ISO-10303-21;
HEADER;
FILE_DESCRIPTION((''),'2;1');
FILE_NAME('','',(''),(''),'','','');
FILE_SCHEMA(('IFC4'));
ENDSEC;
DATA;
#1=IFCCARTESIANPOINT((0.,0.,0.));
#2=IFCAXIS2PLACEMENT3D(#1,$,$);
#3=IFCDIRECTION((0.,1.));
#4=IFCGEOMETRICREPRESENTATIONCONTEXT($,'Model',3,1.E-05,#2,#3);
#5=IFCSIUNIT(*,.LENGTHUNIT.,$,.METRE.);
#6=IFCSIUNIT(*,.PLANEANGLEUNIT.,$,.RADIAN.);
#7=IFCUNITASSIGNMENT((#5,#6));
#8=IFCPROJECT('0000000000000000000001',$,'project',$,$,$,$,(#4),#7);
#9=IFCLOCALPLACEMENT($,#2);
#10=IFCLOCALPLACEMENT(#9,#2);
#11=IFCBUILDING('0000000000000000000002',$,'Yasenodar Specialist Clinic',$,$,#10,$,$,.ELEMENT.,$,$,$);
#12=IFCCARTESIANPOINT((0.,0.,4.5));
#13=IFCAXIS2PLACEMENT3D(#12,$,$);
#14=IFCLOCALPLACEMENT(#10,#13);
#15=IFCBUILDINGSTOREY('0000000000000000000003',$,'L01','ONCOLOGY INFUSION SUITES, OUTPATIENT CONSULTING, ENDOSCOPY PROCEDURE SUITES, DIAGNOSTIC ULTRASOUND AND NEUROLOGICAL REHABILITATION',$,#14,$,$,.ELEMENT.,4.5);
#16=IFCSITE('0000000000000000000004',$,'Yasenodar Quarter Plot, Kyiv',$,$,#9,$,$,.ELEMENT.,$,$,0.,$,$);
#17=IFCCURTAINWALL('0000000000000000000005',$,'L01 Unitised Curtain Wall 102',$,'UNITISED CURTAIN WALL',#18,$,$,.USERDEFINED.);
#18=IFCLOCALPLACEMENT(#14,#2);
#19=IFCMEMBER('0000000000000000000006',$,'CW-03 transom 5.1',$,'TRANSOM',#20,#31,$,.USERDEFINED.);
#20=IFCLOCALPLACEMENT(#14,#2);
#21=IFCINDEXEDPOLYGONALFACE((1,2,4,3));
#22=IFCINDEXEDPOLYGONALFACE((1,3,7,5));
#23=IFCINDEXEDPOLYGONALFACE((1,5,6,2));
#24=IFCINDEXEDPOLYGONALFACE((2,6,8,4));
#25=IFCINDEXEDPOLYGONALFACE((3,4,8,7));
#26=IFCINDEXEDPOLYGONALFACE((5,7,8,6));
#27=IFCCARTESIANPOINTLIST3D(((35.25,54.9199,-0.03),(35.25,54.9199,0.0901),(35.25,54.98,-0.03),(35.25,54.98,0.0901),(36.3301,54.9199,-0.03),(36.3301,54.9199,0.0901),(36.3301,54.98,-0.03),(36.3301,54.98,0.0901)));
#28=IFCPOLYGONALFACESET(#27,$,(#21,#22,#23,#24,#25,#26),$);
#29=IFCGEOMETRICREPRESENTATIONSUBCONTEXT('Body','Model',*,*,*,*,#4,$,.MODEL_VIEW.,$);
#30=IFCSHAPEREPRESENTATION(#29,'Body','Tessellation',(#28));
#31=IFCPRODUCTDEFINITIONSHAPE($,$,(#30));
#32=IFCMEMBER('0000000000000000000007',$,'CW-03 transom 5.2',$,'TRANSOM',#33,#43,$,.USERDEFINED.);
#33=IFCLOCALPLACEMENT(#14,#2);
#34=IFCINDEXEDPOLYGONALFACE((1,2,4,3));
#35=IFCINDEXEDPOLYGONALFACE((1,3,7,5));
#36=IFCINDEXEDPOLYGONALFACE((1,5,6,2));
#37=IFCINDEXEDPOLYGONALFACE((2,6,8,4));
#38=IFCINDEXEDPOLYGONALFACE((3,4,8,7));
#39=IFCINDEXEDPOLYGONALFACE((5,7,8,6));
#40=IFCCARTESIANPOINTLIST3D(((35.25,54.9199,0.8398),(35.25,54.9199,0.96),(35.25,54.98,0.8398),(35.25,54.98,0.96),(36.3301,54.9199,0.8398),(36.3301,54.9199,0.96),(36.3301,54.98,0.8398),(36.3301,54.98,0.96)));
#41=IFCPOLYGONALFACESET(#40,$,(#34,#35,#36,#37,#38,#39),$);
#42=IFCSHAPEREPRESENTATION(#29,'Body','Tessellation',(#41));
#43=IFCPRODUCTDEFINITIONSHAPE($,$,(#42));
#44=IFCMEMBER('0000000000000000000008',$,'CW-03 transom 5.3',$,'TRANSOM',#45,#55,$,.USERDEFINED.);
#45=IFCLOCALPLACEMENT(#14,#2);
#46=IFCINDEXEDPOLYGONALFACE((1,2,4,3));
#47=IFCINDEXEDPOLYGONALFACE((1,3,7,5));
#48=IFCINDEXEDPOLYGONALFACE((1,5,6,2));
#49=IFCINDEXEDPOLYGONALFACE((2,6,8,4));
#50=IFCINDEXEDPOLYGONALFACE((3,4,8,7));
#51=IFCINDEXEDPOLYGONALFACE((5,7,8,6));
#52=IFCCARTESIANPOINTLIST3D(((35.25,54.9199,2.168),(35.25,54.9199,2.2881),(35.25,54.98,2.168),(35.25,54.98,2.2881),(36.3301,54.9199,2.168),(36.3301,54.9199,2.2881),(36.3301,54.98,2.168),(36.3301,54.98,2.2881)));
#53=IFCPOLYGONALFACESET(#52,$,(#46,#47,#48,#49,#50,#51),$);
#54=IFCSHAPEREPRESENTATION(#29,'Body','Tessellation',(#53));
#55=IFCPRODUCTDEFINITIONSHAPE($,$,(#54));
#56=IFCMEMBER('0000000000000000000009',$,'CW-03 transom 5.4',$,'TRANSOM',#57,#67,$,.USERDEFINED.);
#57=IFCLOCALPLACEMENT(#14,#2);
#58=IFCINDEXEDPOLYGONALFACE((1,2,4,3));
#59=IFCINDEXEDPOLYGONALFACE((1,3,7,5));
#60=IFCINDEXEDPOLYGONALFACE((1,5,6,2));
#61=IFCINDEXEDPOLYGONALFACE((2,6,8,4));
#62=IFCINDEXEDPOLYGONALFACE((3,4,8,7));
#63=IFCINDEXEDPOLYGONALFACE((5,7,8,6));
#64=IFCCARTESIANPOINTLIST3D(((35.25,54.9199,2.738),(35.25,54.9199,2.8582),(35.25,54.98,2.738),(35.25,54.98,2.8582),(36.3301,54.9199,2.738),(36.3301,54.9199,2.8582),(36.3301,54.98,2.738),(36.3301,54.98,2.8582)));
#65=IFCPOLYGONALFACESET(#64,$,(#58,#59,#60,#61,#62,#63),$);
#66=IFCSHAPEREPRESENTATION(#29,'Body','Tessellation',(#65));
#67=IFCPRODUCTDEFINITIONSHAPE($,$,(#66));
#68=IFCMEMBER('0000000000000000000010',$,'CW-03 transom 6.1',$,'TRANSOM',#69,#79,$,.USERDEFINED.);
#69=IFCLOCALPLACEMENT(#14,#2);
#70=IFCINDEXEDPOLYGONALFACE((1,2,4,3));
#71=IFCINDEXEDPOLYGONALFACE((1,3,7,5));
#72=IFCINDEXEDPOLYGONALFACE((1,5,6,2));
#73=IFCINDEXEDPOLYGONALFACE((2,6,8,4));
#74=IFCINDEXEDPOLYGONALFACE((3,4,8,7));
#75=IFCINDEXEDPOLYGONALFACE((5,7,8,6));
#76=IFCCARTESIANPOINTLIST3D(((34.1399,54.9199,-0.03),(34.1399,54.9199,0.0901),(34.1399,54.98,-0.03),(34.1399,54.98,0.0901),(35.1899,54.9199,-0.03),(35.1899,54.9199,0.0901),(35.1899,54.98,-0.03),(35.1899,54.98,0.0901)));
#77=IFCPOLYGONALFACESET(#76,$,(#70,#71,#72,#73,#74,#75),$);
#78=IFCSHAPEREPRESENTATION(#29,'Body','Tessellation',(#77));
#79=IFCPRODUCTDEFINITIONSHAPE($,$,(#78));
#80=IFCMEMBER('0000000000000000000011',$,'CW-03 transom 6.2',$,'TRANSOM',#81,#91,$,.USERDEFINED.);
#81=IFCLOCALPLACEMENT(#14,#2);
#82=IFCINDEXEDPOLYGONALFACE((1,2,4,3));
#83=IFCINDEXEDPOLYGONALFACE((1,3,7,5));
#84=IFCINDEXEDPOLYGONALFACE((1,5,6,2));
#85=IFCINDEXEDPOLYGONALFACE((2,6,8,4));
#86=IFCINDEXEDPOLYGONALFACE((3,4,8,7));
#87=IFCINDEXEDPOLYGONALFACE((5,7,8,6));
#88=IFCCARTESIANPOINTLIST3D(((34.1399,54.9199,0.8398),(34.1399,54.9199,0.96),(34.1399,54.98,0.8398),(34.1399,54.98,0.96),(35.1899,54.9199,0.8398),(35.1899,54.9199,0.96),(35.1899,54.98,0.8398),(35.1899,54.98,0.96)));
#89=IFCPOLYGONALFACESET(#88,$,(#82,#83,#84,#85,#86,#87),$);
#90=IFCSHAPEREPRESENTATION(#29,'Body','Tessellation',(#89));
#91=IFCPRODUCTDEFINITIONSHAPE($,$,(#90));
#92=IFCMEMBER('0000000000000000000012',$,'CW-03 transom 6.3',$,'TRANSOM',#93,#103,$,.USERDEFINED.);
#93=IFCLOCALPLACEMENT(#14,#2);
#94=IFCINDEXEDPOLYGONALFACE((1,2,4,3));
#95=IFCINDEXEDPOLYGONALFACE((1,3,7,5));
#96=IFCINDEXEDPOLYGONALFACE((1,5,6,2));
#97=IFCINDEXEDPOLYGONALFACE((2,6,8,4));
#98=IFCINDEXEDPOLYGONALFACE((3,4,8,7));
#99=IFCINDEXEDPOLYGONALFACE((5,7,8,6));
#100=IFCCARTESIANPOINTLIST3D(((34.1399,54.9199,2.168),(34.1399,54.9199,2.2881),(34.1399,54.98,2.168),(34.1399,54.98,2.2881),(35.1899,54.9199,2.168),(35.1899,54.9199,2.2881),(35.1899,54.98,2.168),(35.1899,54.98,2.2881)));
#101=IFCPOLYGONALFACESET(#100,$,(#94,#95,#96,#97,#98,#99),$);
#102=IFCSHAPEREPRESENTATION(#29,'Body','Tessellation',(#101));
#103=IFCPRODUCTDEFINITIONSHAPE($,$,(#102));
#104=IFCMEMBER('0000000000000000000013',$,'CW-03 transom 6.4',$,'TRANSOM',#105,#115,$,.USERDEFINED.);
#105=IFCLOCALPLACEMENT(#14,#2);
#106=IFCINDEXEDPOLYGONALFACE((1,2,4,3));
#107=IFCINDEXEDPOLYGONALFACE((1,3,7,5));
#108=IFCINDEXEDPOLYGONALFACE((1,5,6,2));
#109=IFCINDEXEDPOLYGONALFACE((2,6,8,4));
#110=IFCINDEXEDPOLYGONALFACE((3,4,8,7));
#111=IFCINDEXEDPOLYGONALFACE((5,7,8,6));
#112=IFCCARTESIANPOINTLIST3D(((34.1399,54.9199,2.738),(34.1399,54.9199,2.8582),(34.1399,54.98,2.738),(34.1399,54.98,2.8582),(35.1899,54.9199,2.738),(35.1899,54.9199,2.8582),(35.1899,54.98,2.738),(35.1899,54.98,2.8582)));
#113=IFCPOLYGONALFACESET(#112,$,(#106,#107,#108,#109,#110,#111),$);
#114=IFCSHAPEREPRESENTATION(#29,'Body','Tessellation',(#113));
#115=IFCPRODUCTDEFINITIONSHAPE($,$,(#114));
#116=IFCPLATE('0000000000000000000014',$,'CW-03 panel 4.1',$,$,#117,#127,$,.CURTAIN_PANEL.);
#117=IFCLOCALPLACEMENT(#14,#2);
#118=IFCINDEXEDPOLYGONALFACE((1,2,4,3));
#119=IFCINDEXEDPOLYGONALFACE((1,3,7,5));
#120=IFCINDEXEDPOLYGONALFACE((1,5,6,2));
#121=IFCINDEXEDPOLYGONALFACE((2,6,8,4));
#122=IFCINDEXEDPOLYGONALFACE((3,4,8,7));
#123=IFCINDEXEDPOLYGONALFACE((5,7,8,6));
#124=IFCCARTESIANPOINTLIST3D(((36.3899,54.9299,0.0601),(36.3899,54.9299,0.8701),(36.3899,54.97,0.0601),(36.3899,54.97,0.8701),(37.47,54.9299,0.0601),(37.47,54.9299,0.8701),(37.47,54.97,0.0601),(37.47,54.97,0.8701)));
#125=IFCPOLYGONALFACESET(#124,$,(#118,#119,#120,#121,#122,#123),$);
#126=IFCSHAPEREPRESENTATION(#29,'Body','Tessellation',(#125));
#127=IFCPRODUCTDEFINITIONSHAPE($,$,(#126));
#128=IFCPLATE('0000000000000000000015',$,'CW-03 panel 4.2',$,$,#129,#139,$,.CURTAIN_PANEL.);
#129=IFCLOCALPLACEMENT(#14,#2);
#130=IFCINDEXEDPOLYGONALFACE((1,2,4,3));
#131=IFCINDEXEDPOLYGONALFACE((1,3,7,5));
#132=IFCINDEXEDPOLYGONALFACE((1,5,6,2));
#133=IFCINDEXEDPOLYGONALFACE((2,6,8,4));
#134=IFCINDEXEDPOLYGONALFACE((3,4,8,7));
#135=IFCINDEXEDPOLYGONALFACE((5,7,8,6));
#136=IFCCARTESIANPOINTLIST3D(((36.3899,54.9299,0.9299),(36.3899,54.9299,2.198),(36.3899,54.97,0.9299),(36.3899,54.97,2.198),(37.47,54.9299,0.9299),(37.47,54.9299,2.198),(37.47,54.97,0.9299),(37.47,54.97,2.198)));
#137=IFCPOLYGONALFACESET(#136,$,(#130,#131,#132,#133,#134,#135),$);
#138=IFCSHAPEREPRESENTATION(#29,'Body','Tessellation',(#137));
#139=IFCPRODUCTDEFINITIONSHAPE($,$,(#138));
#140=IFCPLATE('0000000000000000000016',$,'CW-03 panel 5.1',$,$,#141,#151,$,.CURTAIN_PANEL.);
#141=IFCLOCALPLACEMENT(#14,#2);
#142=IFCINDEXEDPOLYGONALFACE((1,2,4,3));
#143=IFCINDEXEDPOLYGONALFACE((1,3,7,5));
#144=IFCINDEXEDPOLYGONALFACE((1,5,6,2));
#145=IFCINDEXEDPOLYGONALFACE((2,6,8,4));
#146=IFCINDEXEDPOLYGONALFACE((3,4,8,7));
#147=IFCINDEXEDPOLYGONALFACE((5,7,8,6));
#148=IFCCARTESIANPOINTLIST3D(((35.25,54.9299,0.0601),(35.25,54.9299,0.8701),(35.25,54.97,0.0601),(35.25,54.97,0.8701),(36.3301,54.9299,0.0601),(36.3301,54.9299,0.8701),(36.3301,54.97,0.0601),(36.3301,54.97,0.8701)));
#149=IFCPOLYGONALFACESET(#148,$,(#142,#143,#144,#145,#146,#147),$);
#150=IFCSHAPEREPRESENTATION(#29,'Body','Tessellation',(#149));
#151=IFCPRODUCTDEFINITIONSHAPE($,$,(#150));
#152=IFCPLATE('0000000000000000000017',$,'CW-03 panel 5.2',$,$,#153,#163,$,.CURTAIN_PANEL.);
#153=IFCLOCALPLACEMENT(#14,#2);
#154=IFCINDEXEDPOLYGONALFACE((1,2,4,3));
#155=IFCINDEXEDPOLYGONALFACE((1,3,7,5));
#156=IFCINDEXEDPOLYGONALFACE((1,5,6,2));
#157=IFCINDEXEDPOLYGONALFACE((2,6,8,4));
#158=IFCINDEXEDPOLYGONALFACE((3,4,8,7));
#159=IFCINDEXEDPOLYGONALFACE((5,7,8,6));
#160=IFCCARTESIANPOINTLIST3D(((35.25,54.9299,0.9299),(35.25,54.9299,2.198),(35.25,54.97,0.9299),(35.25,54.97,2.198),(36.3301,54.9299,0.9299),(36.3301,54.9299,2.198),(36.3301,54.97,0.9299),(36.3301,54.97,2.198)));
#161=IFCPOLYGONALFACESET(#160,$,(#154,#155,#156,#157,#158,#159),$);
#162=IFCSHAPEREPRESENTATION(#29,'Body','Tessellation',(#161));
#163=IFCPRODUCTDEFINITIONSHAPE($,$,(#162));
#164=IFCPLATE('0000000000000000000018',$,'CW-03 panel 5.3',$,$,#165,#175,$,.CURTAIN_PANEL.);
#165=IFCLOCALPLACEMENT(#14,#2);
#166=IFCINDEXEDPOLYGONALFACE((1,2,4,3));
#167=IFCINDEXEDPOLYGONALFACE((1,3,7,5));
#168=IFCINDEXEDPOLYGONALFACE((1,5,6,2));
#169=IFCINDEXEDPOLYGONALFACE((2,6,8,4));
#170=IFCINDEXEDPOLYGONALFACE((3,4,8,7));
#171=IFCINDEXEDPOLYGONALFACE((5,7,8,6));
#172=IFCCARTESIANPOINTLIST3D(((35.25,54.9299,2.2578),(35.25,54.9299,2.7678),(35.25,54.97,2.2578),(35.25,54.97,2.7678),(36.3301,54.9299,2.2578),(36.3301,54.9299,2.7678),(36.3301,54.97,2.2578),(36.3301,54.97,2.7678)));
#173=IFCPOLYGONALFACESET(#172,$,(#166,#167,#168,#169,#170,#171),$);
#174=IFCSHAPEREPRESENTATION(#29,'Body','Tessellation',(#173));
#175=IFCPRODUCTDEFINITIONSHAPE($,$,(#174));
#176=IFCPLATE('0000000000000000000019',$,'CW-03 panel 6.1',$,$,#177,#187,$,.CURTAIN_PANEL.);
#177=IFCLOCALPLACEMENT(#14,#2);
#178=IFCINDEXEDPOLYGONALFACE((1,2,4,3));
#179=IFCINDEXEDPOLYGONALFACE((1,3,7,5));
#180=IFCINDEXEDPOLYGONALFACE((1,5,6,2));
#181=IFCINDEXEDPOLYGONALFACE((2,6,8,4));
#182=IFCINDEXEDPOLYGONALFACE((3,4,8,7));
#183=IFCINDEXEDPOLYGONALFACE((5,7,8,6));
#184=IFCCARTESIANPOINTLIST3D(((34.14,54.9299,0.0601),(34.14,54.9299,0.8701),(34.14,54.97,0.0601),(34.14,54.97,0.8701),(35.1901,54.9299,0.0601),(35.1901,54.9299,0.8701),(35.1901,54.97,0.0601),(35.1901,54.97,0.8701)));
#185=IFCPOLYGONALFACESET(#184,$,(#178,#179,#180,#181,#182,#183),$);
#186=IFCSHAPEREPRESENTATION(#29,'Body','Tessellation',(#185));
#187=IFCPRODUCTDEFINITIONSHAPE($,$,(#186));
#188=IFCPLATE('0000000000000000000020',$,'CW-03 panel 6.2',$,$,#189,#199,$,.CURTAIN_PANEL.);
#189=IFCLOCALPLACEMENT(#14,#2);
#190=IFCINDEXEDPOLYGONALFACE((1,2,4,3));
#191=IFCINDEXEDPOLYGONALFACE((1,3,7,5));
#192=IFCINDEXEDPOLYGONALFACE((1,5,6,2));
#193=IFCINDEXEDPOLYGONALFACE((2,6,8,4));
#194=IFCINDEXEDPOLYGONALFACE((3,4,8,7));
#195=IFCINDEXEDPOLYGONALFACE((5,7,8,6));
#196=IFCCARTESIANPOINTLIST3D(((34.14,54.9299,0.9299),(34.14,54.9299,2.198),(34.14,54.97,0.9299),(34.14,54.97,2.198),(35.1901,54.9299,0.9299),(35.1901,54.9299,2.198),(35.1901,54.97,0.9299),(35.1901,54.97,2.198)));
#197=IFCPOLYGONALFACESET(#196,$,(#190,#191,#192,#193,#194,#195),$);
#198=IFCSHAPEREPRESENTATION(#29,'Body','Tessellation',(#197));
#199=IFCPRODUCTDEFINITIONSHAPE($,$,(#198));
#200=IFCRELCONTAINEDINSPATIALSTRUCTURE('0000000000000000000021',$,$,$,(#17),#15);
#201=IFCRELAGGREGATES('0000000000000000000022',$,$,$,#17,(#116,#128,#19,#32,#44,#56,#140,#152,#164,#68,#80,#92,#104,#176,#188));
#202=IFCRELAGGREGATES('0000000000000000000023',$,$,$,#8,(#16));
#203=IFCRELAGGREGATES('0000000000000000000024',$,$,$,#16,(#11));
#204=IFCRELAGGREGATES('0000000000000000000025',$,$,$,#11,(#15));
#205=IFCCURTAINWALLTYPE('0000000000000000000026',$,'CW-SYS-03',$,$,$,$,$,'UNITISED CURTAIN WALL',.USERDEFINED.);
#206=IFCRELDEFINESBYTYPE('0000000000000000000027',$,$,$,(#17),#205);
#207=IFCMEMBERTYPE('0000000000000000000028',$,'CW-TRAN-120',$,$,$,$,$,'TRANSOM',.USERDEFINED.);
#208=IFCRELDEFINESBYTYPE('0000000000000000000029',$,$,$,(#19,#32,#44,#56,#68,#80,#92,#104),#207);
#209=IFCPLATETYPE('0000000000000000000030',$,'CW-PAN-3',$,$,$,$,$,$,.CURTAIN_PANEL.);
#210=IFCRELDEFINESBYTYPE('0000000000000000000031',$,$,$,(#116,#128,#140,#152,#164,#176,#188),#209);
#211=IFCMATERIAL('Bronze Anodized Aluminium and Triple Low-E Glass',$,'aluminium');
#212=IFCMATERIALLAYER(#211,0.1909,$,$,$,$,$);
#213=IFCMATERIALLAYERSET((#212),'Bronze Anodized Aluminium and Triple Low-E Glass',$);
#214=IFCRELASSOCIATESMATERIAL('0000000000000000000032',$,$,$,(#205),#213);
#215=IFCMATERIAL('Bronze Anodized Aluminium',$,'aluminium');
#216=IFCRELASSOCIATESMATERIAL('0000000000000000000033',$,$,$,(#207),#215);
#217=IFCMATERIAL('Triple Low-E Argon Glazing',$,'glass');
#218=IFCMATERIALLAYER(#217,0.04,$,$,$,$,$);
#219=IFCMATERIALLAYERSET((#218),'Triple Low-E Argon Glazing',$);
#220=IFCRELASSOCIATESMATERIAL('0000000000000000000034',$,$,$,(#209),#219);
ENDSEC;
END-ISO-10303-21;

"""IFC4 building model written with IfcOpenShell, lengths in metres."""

from ifc_helpers import new_model, si_unit, direction, frame, origin, origin_2d, place, context, subcontext, project, spatial, rectangle, extrude, material, layer, layer_set, material_profile, profile_set, type_object, element, aggregate, save


model = new_model("IFC4")

# Units and contexts
model_context = context("Model", 3, precision=1e-05, world=origin(), true_north=direction((0.0, 1.0)))
body_context = subcontext(model_context, "Body", "Model", "MODEL_VIEW")
ifc_project = project(units=[si_unit("LENGTHUNIT", "METRE"), si_unit("PLANEANGLEUNIT", "RADIAN")], contexts=[model_context])

# Site, building, storey
site_placement = place(None, origin())
site = spatial("IfcSite", under=ifc_project, at=site_placement, Name="Yasenodar Quarter Plot, Kyiv", CompositionType="ELEMENT", RefElevation=0.0)
building_placement = place(site_placement, origin())
building = spatial("IfcBuilding", under=site, at=building_placement, Name="Yasenodar Specialist Clinic", CompositionType="ELEMENT")
storey_placement = place(building_placement, frame((0.0, 0.0, 4.5)))
storey = spatial("IfcBuildingStorey", under=building, at=storey_placement, Name="L01", Description="ONCOLOGY INFUSION SUITES, OUTPATIENT CONSULTING, ENDOSCOPY PROCEDURE SUITES, DIAGNOSTIC ULTRASOUND AND NEUROLOGICAL REHABILITATION", CompositionType="ELEMENT", Elevation=4.5)

# Curtain wall, members, plates
ifc_material_1 = material(Name="Bronze Anodized Aluminium and Triple Low-E Glass", Category="aluminium")
ifc_layer_1 = layer(ifc_material_1, 0.1909)
ifc_layer_set_1 = layer_set([ifc_layer_1], Name="Bronze Anodized Aluminium and Triple Low-E Glass")
curtain_wall_type = type_object("IfcCurtainWallType", Name="CW-SYS-03", ElementType="UNITISED CURTAIN WALL", PredefinedType="USERDEFINED", material=ifc_layer_set_1)
curtain_wall_placement = place(storey_placement, origin())
curtain_wall = element("IfcCurtainWall", 1, at=curtain_wall_placement, inside=storey, type_object=curtain_wall_type, Name="L01 Unitised Curtain Wall 102", ObjectType="UNITISED CURTAIN WALL", PredefinedType="USERDEFINED")
ifc_material_2 = material(Name="Bronze Anodized Aluminium", Category="aluminium")
ifc_material_profile_1 = material_profile(ifc_material_2, rectangle(XDim=0.0601, YDim=0.1201, at=origin_2d()), Name="CW-TRAN 60x120")
ifc_profile_set_1 = profile_set([ifc_material_profile_1], Name="Bronze Anodized Aluminium")
member_type_1 = type_object("IfcMemberType", Name="CW-TRAN-120", ElementType="TRANSOM", PredefinedType="USERDEFINED", material=ifc_profile_set_1)
member_1_placement = place(storey_placement, frame((36.3301, 54.95, 0.03), z_axis=(-1.0, 0.0, 0.0), x_axis=(0.0, -1.0, 0.0)))
member_1 = element("IfcMember", 2, at=member_1_placement, type_object=member_type_1, Name="CW-03 transom 5.1", ObjectType="TRANSOM", PredefinedType="USERDEFINED", context=body_context, shape_type="SweptSolid", body=[
    extrude(rectangle(XDim=0.0601, YDim=0.1201, at=origin_2d()), origin(), (0.0, 0.0, 1.0), 1.0801),
])
member_2_placement = place(storey_placement, frame((36.3301, 54.95, 0.8999), z_axis=(-1.0, 0.0, 0.0), x_axis=(0.0, -1.0, 0.0)))
member_2 = element("IfcMember", 3, at=member_2_placement, type_object=member_type_1, Name="CW-03 transom 5.2", ObjectType="TRANSOM", PredefinedType="USERDEFINED", context=body_context, shape_type="SweptSolid", body=[
    extrude(rectangle(XDim=0.0601, YDim=0.1201, at=origin_2d()), origin(), (0.0, 0.0, 1.0), 1.0801),
])
member_3_placement = place(storey_placement, frame((36.3301, 54.95, 2.228), z_axis=(-1.0, 0.0, 0.0), x_axis=(0.0, -1.0, 0.0)))
member_3 = element("IfcMember", 4, at=member_3_placement, type_object=member_type_1, Name="CW-03 transom 5.3", ObjectType="TRANSOM", PredefinedType="USERDEFINED", context=body_context, shape_type="SweptSolid", body=[
    extrude(rectangle(XDim=0.0601, YDim=0.1201, at=origin_2d()), origin(), (0.0, 0.0, 1.0), 1.0801),
])
member_4_placement = place(storey_placement, frame((36.3301, 54.95, 2.7981), z_axis=(-1.0, 0.0, 0.0), x_axis=(0.0, -1.0, 0.0)))
member_4 = element("IfcMember", 5, at=member_4_placement, type_object=member_type_1, Name="CW-03 transom 5.4", ObjectType="TRANSOM", PredefinedType="USERDEFINED", context=body_context, shape_type="SweptSolid", body=[
    extrude(rectangle(XDim=0.0601, YDim=0.1201, at=origin_2d()), origin(), (0.0, 0.0, 1.0), 1.0801),
])
member_5_placement = place(storey_placement, frame((35.1899, 54.95, 0.03), z_axis=(-1.0, 0.0, 0.0), x_axis=(0.0, -1.0, 0.0)))
member_5 = element("IfcMember", 6, at=member_5_placement, type_object=member_type_1, Name="CW-03 transom 6.1", ObjectType="TRANSOM", PredefinedType="USERDEFINED", context=body_context, shape_type="SweptSolid", body=[
    extrude(rectangle(XDim=0.0601, YDim=0.1201, at=origin_2d()), origin(), (0.0, 0.0, 1.0), 1.05),
])
member_6_placement = place(storey_placement, frame((35.1899, 54.95, 0.8999), z_axis=(-1.0, 0.0, 0.0), x_axis=(0.0, -1.0, 0.0)))
member_6 = element("IfcMember", 7, at=member_6_placement, type_object=member_type_1, Name="CW-03 transom 6.2", ObjectType="TRANSOM", PredefinedType="USERDEFINED", context=body_context, shape_type="SweptSolid", body=[
    extrude(rectangle(XDim=0.0601, YDim=0.1201, at=origin_2d()), origin(), (0.0, 0.0, 1.0), 1.05),
])
member_7_placement = place(storey_placement, frame((35.1899, 54.95, 2.228), z_axis=(-1.0, 0.0, 0.0), x_axis=(0.0, -1.0, 0.0)))
member_7 = element("IfcMember", 8, at=member_7_placement, type_object=member_type_1, Name="CW-03 transom 6.3", ObjectType="TRANSOM", PredefinedType="USERDEFINED", context=body_context, shape_type="SweptSolid", body=[
    extrude(rectangle(XDim=0.0601, YDim=0.1201, at=origin_2d()), origin(), (0.0, 0.0, 1.0), 1.05),
])
member_8_placement = place(storey_placement, frame((35.1899, 54.95, 2.7981), z_axis=(-1.0, 0.0, 0.0), x_axis=(0.0, -1.0, 0.0)))
member_8 = element("IfcMember", 9, at=member_8_placement, type_object=member_type_1, Name="CW-03 transom 6.4", ObjectType="TRANSOM", PredefinedType="USERDEFINED", context=body_context, shape_type="SweptSolid", body=[
    extrude(rectangle(XDim=0.0601, YDim=0.1201, at=origin_2d()), origin(), (0.0, 0.0, 1.0), 1.05),
])
ifc_material_3 = material(Name="Triple Low-E Argon Glazing", Category="glass")
ifc_layer_2 = layer(ifc_material_3, 0.04)
ifc_layer_set_2 = layer_set([ifc_layer_2], Name="Triple Low-E Argon Glazing")
plate_type = type_object("IfcPlateType", Name="CW-PAN-3", PredefinedType="CURTAIN_PANEL", material=ifc_layer_set_2)
plate_1_placement = place(storey_placement, frame((36.9299, 54.95, 0.0601), z_axis=(0.0, 0.0, 1.0), x_axis=(-1.0, 0.0, 0.0)))
plate_1 = element("IfcPlate", 10, at=plate_1_placement, type_object=plate_type, Name="CW-03 panel 4.1", PredefinedType="CURTAIN_PANEL", context=body_context, shape_type="SweptSolid", body=[
    extrude(rectangle(XDim=1.0801, YDim=0.04, at=origin_2d()), origin(), (0.0, 0.0, 1.0), 0.8101),
])
plate_2_placement = place(storey_placement, frame((36.9299, 54.95, 0.9299), z_axis=(0.0, 0.0, 1.0), x_axis=(-1.0, 0.0, 0.0)))
plate_2 = element("IfcPlate", 11, at=plate_2_placement, type_object=plate_type, Name="CW-03 panel 4.2", PredefinedType="CURTAIN_PANEL", context=body_context, shape_type="SweptSolid", body=[
    extrude(rectangle(XDim=1.0801, YDim=0.04, at=origin_2d()), origin(), (0.0, 0.0, 1.0), 1.2681),
])
plate_3_placement = place(storey_placement, frame((35.79, 54.95, 0.0601), z_axis=(0.0, 0.0, 1.0), x_axis=(-1.0, 0.0, 0.0)))
plate_3 = element("IfcPlate", 12, at=plate_3_placement, type_object=plate_type, Name="CW-03 panel 5.1", PredefinedType="CURTAIN_PANEL", context=body_context, shape_type="SweptSolid", body=[
    extrude(rectangle(XDim=1.0801, YDim=0.04, at=origin_2d()), origin(), (0.0, 0.0, 1.0), 0.8101),
])
plate_4_placement = place(storey_placement, frame((35.79, 54.95, 0.9299), z_axis=(0.0, 0.0, 1.0), x_axis=(-1.0, 0.0, 0.0)))
plate_4 = element("IfcPlate", 13, at=plate_4_placement, type_object=plate_type, Name="CW-03 panel 5.2", PredefinedType="CURTAIN_PANEL", context=body_context, shape_type="SweptSolid", body=[
    extrude(rectangle(XDim=1.0801, YDim=0.04, at=origin_2d()), origin(), (0.0, 0.0, 1.0), 1.2681),
])
plate_5_placement = place(storey_placement, frame((35.79, 54.95, 2.2578), z_axis=(0.0, 0.0, 1.0), x_axis=(-1.0, 0.0, 0.0)))
plate_5 = element("IfcPlate", 14, at=plate_5_placement, type_object=plate_type, Name="CW-03 panel 5.3", PredefinedType="CURTAIN_PANEL", context=body_context, shape_type="SweptSolid", body=[
    extrude(rectangle(XDim=1.0801, YDim=0.04, at=origin_2d()), origin(), (0.0, 0.0, 1.0), 0.51),
])
plate_6_placement = place(storey_placement, frame((34.665, 54.95, 0.0601), z_axis=(0.0, 0.0, 1.0), x_axis=(-1.0, 0.0, 0.0)))
plate_6 = element("IfcPlate", 15, at=plate_6_placement, type_object=plate_type, Name="CW-03 panel 6.1", PredefinedType="CURTAIN_PANEL", context=body_context, shape_type="SweptSolid", body=[
    extrude(rectangle(XDim=1.05, YDim=0.04, at=origin_2d()), origin(), (0.0, 0.0, 1.0), 0.8101),
])
plate_7_placement = place(storey_placement, frame((34.665, 54.95, 0.9299), z_axis=(0.0, 0.0, 1.0), x_axis=(-1.0, 0.0, 0.0)))
plate_7 = element("IfcPlate", 16, at=plate_7_placement, type_object=plate_type, Name="CW-03 panel 6.2", PredefinedType="CURTAIN_PANEL", context=body_context, shape_type="SweptSolid", body=[
    extrude(rectangle(XDim=1.05, YDim=0.04, at=origin_2d()), origin(), (0.0, 0.0, 1.0), 1.2681),
])
aggregate(curtain_wall, [plate_1, plate_2, member_1, member_2, member_3, member_4, plate_3, plate_4, plate_5, member_5, member_6, member_7, member_8, plate_6, plate_7])

save(model, "model.ifc")
